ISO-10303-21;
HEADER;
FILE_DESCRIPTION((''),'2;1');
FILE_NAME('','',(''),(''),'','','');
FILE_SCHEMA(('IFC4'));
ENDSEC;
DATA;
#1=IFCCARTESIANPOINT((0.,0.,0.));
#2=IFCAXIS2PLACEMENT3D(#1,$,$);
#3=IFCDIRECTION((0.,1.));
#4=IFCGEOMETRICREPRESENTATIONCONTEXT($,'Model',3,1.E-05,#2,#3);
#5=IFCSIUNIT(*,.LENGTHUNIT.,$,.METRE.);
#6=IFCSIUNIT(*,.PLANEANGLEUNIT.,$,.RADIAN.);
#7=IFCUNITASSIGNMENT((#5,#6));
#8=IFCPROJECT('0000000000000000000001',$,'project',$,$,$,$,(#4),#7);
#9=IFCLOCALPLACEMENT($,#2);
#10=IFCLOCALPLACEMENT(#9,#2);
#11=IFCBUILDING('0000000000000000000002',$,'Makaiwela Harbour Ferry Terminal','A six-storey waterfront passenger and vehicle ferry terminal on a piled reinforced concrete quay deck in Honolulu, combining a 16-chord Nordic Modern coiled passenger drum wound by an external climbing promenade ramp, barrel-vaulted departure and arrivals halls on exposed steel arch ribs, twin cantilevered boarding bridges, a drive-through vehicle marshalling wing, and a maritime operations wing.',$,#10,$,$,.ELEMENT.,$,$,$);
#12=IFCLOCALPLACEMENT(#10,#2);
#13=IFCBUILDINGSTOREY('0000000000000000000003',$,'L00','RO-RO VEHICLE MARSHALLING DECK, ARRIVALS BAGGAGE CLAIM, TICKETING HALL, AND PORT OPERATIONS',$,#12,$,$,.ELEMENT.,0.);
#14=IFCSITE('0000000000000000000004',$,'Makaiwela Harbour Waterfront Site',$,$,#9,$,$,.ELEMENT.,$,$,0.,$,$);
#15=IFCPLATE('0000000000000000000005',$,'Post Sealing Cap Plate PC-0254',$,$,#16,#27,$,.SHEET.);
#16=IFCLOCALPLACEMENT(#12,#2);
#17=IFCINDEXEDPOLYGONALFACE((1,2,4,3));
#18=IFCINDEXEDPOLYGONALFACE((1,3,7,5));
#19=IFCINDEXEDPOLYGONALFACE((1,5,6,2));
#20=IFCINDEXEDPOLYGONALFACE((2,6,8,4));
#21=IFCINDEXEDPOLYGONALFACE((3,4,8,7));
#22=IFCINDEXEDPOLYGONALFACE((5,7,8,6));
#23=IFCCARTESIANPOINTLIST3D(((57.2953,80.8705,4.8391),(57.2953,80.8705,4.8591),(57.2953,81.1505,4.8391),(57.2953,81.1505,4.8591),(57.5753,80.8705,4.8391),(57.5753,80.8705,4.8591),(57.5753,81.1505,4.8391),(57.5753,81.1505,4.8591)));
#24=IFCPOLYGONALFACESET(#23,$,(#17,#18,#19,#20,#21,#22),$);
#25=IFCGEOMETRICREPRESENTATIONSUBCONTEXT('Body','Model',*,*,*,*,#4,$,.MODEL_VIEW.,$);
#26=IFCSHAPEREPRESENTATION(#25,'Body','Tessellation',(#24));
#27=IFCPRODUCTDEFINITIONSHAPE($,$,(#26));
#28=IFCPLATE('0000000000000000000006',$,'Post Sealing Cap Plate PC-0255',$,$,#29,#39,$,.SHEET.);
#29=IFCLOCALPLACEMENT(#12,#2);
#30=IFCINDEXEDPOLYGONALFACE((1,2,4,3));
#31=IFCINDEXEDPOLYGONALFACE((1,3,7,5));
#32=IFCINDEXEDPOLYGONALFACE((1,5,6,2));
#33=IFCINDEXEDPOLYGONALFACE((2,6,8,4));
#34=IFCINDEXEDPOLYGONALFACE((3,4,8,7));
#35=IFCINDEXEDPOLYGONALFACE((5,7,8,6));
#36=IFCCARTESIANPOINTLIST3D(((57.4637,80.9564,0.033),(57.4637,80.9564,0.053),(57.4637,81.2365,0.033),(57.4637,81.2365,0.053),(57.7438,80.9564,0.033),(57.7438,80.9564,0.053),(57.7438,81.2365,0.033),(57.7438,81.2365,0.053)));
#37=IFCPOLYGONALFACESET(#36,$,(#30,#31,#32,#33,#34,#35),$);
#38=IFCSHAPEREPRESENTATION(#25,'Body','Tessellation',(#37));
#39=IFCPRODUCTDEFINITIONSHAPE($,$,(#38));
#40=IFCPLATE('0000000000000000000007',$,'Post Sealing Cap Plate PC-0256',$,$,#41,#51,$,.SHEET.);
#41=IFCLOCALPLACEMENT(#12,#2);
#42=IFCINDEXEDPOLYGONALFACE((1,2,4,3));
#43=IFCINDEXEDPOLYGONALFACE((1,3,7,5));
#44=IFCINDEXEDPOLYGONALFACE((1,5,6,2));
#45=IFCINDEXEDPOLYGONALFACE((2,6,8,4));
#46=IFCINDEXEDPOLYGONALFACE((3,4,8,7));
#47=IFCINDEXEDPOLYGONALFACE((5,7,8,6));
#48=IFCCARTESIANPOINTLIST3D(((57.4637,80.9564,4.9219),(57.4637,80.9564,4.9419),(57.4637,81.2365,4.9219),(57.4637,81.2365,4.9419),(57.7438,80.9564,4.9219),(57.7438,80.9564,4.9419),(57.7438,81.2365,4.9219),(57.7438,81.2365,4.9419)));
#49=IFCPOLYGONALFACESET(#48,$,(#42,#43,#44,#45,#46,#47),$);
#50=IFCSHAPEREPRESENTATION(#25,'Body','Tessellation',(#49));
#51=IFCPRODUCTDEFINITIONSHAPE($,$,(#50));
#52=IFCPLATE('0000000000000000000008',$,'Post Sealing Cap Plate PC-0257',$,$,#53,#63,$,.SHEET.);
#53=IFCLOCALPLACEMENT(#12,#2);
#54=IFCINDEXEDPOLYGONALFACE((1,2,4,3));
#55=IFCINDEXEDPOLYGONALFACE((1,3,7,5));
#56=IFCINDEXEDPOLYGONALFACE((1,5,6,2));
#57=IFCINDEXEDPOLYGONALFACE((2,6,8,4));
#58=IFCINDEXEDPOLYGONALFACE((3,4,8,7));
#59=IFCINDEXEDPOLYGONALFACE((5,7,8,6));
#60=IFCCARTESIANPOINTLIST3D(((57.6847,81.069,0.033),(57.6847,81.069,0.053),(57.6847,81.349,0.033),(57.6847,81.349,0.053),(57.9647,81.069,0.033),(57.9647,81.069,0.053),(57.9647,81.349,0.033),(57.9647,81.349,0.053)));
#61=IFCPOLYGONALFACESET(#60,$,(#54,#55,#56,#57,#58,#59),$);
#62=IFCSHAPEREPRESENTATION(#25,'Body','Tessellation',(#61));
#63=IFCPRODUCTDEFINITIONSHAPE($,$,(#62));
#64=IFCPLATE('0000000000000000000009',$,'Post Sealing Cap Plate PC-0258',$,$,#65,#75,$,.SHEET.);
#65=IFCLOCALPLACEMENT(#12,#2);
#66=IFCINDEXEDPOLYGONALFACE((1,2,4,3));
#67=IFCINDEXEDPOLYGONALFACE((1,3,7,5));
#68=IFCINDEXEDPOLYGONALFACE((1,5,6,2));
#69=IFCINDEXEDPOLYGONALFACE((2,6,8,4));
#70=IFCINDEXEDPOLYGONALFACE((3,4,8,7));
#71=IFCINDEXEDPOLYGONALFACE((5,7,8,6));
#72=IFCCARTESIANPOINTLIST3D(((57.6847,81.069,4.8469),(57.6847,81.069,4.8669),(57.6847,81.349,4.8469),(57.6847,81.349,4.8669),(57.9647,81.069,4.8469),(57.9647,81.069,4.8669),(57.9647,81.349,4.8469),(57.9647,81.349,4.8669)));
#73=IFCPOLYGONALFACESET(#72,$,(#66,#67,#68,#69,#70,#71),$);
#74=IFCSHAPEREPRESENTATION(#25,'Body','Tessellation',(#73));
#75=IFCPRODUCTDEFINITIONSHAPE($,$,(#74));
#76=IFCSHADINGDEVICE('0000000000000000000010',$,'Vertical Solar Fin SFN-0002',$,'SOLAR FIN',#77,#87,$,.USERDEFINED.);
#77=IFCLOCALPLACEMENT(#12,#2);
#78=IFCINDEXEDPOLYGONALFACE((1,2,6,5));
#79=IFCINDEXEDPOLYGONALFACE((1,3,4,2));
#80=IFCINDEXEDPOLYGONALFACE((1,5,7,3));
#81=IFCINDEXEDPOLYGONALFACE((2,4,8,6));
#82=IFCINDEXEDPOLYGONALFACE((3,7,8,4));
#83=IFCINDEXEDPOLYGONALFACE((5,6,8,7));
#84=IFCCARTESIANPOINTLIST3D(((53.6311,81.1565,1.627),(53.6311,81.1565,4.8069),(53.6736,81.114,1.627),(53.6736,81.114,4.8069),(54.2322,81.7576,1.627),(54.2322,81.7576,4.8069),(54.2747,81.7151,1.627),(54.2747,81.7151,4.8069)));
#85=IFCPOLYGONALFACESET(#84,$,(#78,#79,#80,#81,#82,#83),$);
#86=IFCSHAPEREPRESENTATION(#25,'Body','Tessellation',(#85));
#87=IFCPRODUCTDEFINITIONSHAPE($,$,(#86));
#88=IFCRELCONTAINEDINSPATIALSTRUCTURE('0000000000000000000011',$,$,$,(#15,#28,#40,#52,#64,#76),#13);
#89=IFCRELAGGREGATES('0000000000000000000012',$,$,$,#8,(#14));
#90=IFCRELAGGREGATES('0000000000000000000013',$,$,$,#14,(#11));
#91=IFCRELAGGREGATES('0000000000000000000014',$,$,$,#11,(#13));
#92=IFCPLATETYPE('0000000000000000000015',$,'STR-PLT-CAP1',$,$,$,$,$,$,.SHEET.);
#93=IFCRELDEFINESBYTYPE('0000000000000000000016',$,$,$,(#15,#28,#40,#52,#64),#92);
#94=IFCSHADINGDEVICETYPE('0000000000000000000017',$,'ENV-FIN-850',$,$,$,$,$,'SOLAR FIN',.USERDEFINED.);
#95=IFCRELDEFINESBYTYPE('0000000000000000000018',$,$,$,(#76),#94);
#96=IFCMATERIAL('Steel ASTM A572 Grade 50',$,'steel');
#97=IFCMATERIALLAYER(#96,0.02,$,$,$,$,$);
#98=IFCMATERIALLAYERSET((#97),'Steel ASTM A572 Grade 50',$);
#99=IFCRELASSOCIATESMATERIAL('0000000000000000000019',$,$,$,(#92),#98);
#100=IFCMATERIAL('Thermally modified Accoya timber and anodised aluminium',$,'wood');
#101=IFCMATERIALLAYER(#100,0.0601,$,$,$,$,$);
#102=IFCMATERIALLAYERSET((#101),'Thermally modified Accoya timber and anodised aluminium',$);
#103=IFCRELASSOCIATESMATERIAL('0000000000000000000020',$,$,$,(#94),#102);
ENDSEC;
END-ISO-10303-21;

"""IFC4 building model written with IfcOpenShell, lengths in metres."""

from ifc_helpers import new_model, si_unit, direction, frame, origin, origin_2d, place, context, subcontext, project, spatial, rectangle, extrude, material, layer, layer_set, type_object, element, save


model = new_model("IFC4")

# Units and contexts
model_context = context("Model", 3, precision=1e-05, world=origin(), true_north=direction((0.0, 1.0)))
body_context = subcontext(model_context, "Body", "Model", "MODEL_VIEW")
ifc_project = project(units=[si_unit("LENGTHUNIT", "METRE"), si_unit("PLANEANGLEUNIT", "RADIAN")], contexts=[model_context])

# Site, building, storey
site_placement = place(None, origin())
site = spatial("IfcSite", under=ifc_project, at=site_placement, Name="Makaiwela Harbour Waterfront Site", CompositionType="ELEMENT", RefElevation=0.0)
building_placement = place(site_placement, origin())
building = spatial("IfcBuilding", under=site, at=building_placement, Name="Makaiwela Harbour Ferry Terminal", Description="A six-storey waterfront passenger and vehicle ferry terminal on a piled reinforced concrete quay deck in Honolulu, combining a 16-chord Nordic Modern coiled passenger drum wound by an external climbing promenade ramp, barrel-vaulted departure and arrivals halls on exposed steel arch ribs, twin cantilevered boarding bridges, a drive-through vehicle marshalling wing, and a maritime operations wing.", CompositionType="ELEMENT")
storey_placement = place(building_placement, origin())
storey = spatial("IfcBuildingStorey", under=building, at=storey_placement, Name="L00", Description="RO-RO VEHICLE MARSHALLING DECK, ARRIVALS BAGGAGE CLAIM, TICKETING HALL, AND PORT OPERATIONS", CompositionType="ELEMENT", Elevation=0.0)

# Plates
ifc_material_1 = material(Name="Steel ASTM A572 Grade 50", Category="steel")
ifc_layer_1 = layer(ifc_material_1, 0.02)
ifc_layer_set_1 = layer_set([ifc_layer_1], Name="Steel ASTM A572 Grade 50")
plate_type_1 = type_object("IfcPlateType", Name="STR-PLT-CAP1", PredefinedType="SHEET", material=ifc_layer_set_1)
for number, where, z_axis, x_axis, name in (
    (1, (57.4353, 81.0105, 4.8391), (0.0, 0.0, 1.0), (1.0, 0.0, 0.0), "Post Sealing Cap Plate PC-0254"),
    (2, (57.6038, 81.0964, 0.033), (0.0, 0.0, 1.0), (1.0, 0.0, 0.0), "Post Sealing Cap Plate PC-0255"),
    (3, (57.6038, 81.0964, 4.9219), (0.0, 0.0, 1.0), (1.0, 0.0, 0.0), "Post Sealing Cap Plate PC-0256"),
    (4, (57.8247, 81.209, 0.033), (0.0, 0.0, 1.0), (1.0, 0.0, 0.0), "Post Sealing Cap Plate PC-0257"),
    (5, (57.8247, 81.209, 4.8469), (0.0, 0.0, 1.0), (1.0, 0.0, 0.0), "Post Sealing Cap Plate PC-0258"),
):
    element("IfcPlate", number, at=place(storey_placement, frame(where, z_axis=z_axis, x_axis=x_axis)), inside=storey, type_object=plate_type_1, Name=name, PredefinedType="SHEET", context=body_context, shape_type="SweptSolid", body=[
        extrude(rectangle(XDim=0.28, YDim=0.28, at=origin_2d()), origin(), (0.0, 0.0, 1.0), 0.02),
    ])

# Shading device
ifc_material_2 = material(Name="Thermally modified Accoya timber and anodised aluminium", Category="wood")
ifc_layer_2 = layer(ifc_material_2, 0.0601)
ifc_layer_set_2 = layer_set([ifc_layer_2], Name="Thermally modified Accoya timber and anodised aluminium")
shading_device_type = type_object("IfcShadingDeviceType", Name="ENV-FIN-850", ElementType="SOLAR FIN", PredefinedType="USERDEFINED", material=ifc_layer_set_2)
shading_device_placement = place(storey_placement, frame((53.9529, 81.4358, 1.627), z_axis=(0.0, 0.0, 1.0), x_axis=(0.707107, 0.707107, 0.0)))
element("IfcShadingDevice", 6, at=shading_device_placement, inside=storey, type_object=shading_device_type, Name="Vertical Solar Fin SFN-0002", ObjectType="SOLAR FIN", PredefinedType="USERDEFINED", context=body_context, shape_type="SweptSolid", body=[
    extrude(rectangle(XDim=0.8501, YDim=0.0601, at=origin_2d()), origin(), (0.0, 0.0, 1.0), 3.1799),
])

save(model, "model.ifc")
